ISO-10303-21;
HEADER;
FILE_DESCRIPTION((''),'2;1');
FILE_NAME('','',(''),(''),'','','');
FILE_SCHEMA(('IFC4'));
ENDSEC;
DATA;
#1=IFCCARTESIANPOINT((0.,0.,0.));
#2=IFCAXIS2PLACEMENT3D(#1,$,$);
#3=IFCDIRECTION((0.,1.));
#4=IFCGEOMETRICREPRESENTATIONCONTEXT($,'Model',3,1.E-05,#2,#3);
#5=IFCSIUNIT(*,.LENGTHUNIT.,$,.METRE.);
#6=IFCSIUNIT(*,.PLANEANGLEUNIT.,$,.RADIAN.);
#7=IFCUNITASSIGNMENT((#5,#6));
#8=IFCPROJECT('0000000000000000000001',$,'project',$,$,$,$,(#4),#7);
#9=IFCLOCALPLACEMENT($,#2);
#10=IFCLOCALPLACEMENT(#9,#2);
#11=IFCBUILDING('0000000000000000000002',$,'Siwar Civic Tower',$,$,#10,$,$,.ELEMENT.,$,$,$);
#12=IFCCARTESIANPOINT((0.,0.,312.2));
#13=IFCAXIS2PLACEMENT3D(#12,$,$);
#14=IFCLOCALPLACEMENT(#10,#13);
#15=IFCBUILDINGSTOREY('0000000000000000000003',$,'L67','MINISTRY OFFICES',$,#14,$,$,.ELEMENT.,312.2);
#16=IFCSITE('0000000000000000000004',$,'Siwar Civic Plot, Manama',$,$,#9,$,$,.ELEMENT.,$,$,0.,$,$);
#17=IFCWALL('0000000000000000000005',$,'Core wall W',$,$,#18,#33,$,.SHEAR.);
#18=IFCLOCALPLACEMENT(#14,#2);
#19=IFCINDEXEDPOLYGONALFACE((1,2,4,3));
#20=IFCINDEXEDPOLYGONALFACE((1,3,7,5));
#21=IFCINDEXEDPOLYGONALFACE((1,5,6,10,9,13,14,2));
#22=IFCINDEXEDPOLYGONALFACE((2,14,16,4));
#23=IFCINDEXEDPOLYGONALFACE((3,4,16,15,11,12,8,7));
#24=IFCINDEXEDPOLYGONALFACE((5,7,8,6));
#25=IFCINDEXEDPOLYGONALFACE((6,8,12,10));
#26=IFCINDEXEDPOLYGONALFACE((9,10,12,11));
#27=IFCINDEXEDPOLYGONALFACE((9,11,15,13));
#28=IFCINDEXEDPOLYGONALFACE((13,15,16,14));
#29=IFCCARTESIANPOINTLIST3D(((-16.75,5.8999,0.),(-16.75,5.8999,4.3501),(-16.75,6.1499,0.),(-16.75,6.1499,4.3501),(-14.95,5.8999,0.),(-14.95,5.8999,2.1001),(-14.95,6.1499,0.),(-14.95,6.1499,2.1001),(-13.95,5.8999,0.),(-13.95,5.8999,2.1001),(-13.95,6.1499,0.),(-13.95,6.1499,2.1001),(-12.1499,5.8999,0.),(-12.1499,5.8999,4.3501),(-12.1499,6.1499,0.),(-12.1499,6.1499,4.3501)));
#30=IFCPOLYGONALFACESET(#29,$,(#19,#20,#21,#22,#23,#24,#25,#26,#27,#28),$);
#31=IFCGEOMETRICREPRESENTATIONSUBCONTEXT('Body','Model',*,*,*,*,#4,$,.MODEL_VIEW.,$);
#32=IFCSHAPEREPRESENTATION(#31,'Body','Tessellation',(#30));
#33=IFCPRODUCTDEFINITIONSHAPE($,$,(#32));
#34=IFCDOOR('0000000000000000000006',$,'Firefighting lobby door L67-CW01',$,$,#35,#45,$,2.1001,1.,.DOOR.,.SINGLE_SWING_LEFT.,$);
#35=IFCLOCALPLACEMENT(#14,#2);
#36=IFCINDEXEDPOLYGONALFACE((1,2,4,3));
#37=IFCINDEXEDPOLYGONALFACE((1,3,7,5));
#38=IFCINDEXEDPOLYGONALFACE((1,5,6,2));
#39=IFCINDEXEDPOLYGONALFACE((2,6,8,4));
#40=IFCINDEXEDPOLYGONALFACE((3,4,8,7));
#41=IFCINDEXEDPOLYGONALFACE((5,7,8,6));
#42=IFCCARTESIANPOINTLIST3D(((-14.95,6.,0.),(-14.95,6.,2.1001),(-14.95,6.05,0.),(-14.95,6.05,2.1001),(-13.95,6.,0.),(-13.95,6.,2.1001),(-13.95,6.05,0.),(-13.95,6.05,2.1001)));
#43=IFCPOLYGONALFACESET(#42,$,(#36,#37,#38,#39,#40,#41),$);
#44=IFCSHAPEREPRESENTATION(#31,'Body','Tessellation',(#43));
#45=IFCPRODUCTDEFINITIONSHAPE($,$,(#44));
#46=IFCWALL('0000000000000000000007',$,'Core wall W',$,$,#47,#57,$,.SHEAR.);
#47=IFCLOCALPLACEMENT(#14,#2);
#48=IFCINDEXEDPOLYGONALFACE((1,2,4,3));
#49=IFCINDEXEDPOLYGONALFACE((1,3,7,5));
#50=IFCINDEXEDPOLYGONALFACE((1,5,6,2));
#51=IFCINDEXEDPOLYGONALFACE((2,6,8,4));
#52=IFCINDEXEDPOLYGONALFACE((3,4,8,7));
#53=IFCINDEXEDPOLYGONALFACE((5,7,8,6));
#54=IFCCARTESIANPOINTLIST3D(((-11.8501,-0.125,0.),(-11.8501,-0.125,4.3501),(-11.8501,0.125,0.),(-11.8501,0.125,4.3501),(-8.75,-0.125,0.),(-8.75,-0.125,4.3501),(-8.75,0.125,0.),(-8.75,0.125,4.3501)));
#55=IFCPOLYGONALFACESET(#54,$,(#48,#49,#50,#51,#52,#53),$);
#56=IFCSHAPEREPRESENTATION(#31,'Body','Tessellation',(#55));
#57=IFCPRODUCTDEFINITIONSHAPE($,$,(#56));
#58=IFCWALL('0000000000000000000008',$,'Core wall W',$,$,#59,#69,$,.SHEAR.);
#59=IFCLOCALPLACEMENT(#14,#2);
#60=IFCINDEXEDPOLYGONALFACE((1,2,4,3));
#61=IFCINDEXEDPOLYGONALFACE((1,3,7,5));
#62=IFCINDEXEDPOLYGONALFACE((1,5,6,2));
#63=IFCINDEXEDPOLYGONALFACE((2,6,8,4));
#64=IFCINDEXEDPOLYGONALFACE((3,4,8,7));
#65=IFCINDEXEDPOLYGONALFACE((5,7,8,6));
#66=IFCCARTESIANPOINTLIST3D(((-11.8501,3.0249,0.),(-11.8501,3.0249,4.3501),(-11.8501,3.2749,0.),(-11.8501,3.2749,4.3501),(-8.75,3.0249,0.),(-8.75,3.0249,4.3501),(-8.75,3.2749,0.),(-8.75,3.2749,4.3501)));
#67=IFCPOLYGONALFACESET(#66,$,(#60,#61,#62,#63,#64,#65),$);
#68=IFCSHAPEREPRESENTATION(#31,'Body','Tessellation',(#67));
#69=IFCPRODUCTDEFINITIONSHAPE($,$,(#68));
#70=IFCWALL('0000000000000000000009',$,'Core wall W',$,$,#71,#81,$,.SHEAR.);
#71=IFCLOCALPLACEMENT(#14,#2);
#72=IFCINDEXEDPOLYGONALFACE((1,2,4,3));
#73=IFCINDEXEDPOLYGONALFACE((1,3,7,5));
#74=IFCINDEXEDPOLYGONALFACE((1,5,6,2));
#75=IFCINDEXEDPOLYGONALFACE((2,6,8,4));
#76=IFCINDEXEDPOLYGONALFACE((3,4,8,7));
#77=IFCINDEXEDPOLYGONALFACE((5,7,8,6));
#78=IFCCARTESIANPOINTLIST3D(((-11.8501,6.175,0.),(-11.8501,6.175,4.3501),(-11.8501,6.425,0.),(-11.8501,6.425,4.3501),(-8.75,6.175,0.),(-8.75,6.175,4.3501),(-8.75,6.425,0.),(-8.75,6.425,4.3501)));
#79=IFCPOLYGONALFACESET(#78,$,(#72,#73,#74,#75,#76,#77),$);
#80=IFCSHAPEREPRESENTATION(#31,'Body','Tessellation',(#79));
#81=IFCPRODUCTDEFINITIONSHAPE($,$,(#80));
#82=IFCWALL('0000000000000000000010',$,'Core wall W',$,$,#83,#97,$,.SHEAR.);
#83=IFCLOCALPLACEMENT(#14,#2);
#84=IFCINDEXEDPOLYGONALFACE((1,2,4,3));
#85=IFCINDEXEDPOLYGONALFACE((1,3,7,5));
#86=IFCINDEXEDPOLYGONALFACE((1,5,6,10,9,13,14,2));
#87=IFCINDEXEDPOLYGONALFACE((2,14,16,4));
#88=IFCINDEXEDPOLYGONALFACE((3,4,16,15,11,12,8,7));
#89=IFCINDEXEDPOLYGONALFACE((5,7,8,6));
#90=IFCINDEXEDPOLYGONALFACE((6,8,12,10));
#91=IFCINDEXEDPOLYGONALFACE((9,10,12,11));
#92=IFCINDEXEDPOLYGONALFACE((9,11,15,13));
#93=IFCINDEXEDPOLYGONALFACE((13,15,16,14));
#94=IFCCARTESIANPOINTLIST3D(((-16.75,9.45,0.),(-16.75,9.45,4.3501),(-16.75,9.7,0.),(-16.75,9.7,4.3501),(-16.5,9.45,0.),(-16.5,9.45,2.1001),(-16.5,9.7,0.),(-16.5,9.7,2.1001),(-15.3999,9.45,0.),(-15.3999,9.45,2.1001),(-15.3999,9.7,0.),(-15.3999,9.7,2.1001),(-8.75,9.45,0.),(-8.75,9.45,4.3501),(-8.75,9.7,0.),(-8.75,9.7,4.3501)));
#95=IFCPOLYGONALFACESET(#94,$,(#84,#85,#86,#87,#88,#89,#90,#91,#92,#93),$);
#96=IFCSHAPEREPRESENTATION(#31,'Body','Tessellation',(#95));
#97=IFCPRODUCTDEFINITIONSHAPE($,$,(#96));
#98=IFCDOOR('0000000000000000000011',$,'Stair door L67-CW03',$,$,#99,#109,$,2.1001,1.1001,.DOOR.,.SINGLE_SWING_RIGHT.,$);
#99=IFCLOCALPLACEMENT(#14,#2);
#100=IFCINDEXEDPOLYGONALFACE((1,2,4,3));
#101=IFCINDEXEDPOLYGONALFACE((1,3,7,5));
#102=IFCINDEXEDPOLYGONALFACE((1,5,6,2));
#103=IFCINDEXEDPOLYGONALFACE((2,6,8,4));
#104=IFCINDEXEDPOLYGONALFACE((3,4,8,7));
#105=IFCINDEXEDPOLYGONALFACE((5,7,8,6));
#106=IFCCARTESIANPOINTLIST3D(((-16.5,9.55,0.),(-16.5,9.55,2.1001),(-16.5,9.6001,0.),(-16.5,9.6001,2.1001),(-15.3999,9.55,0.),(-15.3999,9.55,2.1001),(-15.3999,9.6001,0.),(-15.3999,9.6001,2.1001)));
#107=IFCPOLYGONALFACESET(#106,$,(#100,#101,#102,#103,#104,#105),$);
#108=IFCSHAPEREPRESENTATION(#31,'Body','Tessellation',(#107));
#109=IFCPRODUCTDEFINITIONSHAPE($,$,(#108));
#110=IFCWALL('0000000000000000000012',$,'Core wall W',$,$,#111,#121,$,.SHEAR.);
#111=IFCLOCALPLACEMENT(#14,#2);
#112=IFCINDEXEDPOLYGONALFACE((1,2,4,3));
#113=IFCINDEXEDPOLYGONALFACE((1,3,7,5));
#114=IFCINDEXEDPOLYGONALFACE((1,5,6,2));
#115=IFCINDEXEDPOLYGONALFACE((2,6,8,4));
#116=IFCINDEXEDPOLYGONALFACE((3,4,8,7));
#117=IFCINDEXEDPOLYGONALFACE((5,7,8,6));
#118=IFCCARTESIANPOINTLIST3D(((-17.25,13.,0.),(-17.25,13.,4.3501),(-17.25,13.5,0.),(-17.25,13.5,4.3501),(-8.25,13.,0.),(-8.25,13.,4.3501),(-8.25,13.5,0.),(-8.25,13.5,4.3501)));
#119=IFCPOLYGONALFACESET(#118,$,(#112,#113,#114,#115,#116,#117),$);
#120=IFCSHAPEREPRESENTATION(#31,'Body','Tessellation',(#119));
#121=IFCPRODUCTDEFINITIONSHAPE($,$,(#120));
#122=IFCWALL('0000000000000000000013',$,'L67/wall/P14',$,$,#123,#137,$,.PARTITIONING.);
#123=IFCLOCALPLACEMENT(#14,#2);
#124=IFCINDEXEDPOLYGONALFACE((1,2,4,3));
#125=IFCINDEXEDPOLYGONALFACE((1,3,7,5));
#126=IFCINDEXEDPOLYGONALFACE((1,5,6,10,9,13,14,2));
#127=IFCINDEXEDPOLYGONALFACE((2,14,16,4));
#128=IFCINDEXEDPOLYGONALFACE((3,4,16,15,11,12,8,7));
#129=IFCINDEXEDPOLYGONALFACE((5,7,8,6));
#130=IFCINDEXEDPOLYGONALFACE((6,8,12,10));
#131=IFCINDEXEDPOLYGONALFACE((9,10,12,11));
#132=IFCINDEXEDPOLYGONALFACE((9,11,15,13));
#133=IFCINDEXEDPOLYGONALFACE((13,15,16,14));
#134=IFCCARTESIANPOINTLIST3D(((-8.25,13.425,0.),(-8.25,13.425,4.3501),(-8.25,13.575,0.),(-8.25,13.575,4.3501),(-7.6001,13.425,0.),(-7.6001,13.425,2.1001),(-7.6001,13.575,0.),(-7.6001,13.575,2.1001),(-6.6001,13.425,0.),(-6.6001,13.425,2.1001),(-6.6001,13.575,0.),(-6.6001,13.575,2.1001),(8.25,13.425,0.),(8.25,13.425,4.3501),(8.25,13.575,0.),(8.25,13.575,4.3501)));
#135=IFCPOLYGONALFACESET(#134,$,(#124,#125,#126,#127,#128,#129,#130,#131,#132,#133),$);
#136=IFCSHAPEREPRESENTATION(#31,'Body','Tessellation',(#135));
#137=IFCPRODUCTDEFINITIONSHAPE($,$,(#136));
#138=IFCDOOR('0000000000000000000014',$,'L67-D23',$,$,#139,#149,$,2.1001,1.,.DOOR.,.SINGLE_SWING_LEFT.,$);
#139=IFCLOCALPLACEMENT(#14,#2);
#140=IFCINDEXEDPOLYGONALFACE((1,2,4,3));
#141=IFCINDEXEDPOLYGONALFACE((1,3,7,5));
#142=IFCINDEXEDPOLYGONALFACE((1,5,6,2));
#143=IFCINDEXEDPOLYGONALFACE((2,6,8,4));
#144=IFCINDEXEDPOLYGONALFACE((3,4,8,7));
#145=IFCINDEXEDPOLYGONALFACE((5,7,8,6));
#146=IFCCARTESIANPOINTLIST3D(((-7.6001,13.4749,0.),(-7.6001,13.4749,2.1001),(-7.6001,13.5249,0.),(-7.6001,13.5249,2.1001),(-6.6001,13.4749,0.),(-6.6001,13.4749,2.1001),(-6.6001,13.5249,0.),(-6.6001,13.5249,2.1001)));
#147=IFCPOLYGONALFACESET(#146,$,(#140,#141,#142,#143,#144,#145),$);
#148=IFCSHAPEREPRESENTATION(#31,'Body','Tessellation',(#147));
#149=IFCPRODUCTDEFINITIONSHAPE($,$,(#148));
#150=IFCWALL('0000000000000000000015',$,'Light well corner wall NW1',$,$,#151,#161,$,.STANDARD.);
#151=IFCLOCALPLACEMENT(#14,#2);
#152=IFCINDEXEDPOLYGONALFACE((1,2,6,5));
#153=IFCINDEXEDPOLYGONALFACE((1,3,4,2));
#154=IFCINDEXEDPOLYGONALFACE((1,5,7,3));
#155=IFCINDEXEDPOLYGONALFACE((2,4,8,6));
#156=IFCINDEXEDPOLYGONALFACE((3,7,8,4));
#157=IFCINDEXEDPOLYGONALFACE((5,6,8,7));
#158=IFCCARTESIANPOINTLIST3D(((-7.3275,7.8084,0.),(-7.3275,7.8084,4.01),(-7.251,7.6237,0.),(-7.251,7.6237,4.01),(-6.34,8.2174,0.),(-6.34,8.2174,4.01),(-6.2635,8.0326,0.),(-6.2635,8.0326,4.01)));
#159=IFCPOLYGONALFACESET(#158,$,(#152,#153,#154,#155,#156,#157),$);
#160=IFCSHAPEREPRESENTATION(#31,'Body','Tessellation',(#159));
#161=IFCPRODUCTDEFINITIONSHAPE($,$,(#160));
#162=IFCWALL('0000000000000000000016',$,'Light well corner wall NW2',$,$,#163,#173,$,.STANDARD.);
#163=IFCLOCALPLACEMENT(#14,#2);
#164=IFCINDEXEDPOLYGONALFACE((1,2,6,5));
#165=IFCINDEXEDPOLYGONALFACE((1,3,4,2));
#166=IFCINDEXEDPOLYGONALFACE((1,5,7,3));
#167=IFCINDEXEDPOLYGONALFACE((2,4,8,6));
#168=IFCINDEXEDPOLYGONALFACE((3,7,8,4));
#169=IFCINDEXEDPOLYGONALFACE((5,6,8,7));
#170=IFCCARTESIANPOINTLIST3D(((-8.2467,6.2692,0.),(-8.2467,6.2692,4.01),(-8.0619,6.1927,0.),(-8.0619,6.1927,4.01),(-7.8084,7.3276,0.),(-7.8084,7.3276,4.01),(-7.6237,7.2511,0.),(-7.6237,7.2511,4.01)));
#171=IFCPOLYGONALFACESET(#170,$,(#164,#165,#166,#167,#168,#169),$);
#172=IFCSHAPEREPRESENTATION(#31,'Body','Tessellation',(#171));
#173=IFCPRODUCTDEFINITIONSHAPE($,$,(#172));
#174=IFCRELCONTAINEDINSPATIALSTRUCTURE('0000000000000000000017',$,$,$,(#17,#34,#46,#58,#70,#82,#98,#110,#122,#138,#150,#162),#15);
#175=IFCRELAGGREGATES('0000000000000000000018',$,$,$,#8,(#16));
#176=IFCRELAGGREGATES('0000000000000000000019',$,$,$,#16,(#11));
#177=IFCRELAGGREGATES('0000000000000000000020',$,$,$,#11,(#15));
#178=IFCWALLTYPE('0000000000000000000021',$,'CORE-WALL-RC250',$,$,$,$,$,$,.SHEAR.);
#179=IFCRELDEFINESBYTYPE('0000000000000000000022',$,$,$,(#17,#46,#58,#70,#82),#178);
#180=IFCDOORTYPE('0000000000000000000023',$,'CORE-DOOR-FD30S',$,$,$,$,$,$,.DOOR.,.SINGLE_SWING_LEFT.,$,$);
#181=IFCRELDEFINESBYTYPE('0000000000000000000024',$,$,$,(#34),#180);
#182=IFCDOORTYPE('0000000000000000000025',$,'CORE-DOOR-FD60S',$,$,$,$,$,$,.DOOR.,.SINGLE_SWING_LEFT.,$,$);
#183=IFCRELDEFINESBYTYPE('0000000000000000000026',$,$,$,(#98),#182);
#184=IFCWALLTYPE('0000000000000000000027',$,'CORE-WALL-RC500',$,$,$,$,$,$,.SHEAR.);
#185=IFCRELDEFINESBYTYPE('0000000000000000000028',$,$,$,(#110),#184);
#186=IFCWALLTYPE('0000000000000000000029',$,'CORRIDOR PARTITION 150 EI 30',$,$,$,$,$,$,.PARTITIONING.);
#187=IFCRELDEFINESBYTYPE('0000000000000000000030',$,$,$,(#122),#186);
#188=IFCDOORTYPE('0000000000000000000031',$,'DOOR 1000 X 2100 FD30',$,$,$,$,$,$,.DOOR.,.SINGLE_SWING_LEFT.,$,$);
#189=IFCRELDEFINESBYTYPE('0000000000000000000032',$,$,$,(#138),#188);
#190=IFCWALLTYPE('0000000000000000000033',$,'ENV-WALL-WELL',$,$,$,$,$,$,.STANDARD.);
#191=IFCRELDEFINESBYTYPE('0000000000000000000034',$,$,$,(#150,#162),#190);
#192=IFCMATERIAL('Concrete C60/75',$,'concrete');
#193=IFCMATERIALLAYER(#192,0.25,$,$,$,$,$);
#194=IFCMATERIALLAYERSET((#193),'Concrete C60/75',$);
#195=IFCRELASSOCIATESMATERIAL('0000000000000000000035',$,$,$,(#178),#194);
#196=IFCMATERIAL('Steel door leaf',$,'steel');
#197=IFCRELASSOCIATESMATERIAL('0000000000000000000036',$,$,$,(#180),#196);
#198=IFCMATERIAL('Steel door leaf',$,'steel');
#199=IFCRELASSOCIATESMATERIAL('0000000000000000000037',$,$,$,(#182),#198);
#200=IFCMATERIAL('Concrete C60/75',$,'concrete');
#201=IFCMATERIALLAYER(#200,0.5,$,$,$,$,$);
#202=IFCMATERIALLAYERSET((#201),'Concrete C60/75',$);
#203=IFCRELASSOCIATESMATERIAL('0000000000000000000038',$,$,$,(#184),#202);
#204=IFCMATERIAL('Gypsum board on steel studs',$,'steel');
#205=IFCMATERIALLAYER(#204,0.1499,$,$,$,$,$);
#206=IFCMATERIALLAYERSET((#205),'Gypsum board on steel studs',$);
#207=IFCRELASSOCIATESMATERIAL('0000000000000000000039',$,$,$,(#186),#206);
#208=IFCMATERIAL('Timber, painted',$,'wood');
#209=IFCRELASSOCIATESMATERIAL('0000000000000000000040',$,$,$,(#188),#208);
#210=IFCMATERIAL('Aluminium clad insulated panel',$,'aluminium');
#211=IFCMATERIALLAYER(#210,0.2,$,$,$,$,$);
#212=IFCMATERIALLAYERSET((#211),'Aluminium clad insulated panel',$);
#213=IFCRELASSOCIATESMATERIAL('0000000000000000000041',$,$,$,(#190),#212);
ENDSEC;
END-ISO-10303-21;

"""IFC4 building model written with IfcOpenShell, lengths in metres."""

from ifc_helpers import new_model, si_unit, direction, frame, frame_2d, origin, place, context, subcontext, project, spatial, rectangle, extrude, material, layer, layer_set, type_object, element, fill, save


model = new_model("IFC4")

# Units and contexts
model_context = context("Model", 3, precision=1e-05, world=origin(), true_north=direction((0.0, 1.0)))
body_context = subcontext(model_context, "Body", "Model", "MODEL_VIEW")
ifc_project = project(units=[si_unit("LENGTHUNIT", "METRE"), si_unit("PLANEANGLEUNIT", "RADIAN")], contexts=[model_context])

# Site, building, storey
site_placement = place(None, origin())
site = spatial("IfcSite", under=ifc_project, at=site_placement, Name="Siwar Civic Plot, Manama", CompositionType="ELEMENT", RefElevation=0.0)
building_placement = place(site_placement, origin())
building = spatial("IfcBuilding", under=site, at=building_placement, Name="Siwar Civic Tower", CompositionType="ELEMENT")
storey_placement = place(building_placement, frame((0.0, 0.0, 312.2)))
storey = spatial("IfcBuildingStorey", under=building, at=storey_placement, Name="L67", Description="MINISTRY OFFICES", CompositionType="ELEMENT", Elevation=312.2)

# Wall, opening, door
ifc_material_1 = material(Name="Concrete C60/75", Category="concrete")
ifc_layer_1 = layer(ifc_material_1, 0.25)
ifc_layer_set_1 = layer_set([ifc_layer_1], Name="Concrete C60/75")
wall_type_1 = type_object("IfcWallType", Name="CORE-WALL-RC250", PredefinedType="SHEAR", material=ifc_layer_set_1)
wall_1_placement = place(storey_placement, frame((-12.1499, 6.0249, 0.0), z_axis=(0.0, 0.0, 1.0), x_axis=(-1.0, 0.0, 0.0)))
wall_1 = element("IfcWall", 1, at=wall_1_placement, inside=storey, type_object=wall_type_1, Name="Core wall W", PredefinedType="SHEAR", context=body_context, shape_type="SweptSolid", body=[
    extrude(rectangle(XDim=4.6001, YDim=0.25, at=frame_2d((2.3, 0.0))), origin(), (0.0, 0.0, 1.0), 4.3501),
])
opening_1_placement = place(wall_1_placement, frame((1.8, 0.0, 0.0)))
opening_1 = element("IfcOpeningElement", 2, at=opening_1_placement, cuts=wall_1, PredefinedType="OPENING", context=body_context, shape_type="SweptSolid", body=[
    extrude(rectangle(XDim=1.0, YDim=2.1001, at=frame_2d((0.5, 1.05))), frame((0.0, 0.135, 0.0), z_axis=(0.0, -1.0, 0.0), x_axis=(1.0, 0.0, 0.0)), (0.0, 0.0, 1.0), 0.27),
])
ifc_material_2 = material(Name="Steel door leaf", Category="steel")
door_type_1 = type_object("IfcDoorType", Name="CORE-DOOR-FD30S", OperationType="SINGLE_SWING_LEFT", PredefinedType="DOOR", material=ifc_material_2)
door_1_placement = place(opening_1_placement, origin())
door_1 = element("IfcDoor", 3, at=door_1_placement, inside=storey, type_object=door_type_1, Name="Firefighting lobby door L67-CW01", OperationType="SINGLE_SWING_LEFT", OverallHeight=2.1001, OverallWidth=1.0, PredefinedType="DOOR", context=body_context, shape_type="SweptSolid", body=[
    extrude(rectangle(XDim=1.0, YDim=2.1001, at=frame_2d((0.5, 1.05))), frame((0.0, 0.0249, 0.0), z_axis=(0.0, -1.0, 0.0), x_axis=(1.0, 0.0, 0.0)), (0.0, 0.0, 1.0), 0.05),
])
fill(opening_1, door_1)

# Walls
for number, where, z_axis, x_axis, name in (
    (4, (-8.75, 0.0, 0.0), (0.0, 0.0, 1.0), (-1.0, 0.0, 0.0), "Core wall W"),
    (5, (-8.75, 3.1499, 0.0), (0.0, 0.0, 1.0), (-1.0, 0.0, 0.0), "Core wall W"),
    (6, (-8.75, 6.3, 0.0), (0.0, 0.0, 1.0), (-1.0, 0.0, 0.0), "Core wall W"),
):
    element("IfcWall", number, at=place(storey_placement, frame(where, z_axis=z_axis, x_axis=x_axis)), inside=storey, type_object=wall_type_1, Name=name, PredefinedType="SHEAR", context=body_context, shape_type="SweptSolid", body=[
        extrude(rectangle(XDim=3.1001, YDim=0.25, at=frame_2d((1.55, 0.0))), origin(), (0.0, 0.0, 1.0), 4.3501),
    ])

# Wall, opening, door
wall_2_placement = place(storey_placement, frame((-8.75, 9.575, 0.0), z_axis=(0.0, 0.0, 1.0), x_axis=(-1.0, 0.0, 0.0)))
wall_2 = element("IfcWall", 7, at=wall_2_placement, inside=storey, type_object=wall_type_1, Name="Core wall W", PredefinedType="SHEAR", context=body_context, shape_type="SweptSolid", body=[
    extrude(rectangle(XDim=8.0, YDim=0.25, at=frame_2d((4.0, 0.0))), origin(), (0.0, 0.0, 1.0), 4.3501),
])
opening_2_placement = place(wall_2_placement, frame((6.6499, 0.0, 0.0)))
opening_2 = element("IfcOpeningElement", 8, at=opening_2_placement, cuts=wall_2, PredefinedType="OPENING", context=body_context, shape_type="SweptSolid", body=[
    extrude(rectangle(XDim=1.1001, YDim=2.1001, at=frame_2d((0.55, 1.05))), frame((0.0, 0.135, 0.0), z_axis=(0.0, -1.0, 0.0), x_axis=(1.0, 0.0, 0.0)), (0.0, 0.0, 1.0), 0.27),
])
ifc_material_3 = material(Name="Steel door leaf", Category="steel")
door_type_2 = type_object("IfcDoorType", Name="CORE-DOOR-FD60S", OperationType="SINGLE_SWING_LEFT", PredefinedType="DOOR", material=ifc_material_3)
door_2_placement = place(opening_2_placement, origin())
door_2 = element("IfcDoor", 9, at=door_2_placement, inside=storey, type_object=door_type_2, Name="Stair door L67-CW03", OperationType="SINGLE_SWING_RIGHT", OverallHeight=2.1001, OverallWidth=1.1001, PredefinedType="DOOR", context=body_context, shape_type="SweptSolid", body=[
    extrude(rectangle(XDim=1.1001, YDim=2.1001, at=frame_2d((0.55, 1.05))), frame((0.0, 0.0249, 0.0), z_axis=(0.0, -1.0, 0.0), x_axis=(1.0, 0.0, 0.0)), (0.0, 0.0, 1.0), 0.05),
])
fill(opening_2, door_2)

# Wall
ifc_material_4 = material(Name="Concrete C60/75", Category="concrete")
ifc_layer_2 = layer(ifc_material_4, 0.5)
ifc_layer_set_2 = layer_set([ifc_layer_2], Name="Concrete C60/75")
wall_type_2 = type_object("IfcWallType", Name="CORE-WALL-RC500", PredefinedType="SHEAR", material=ifc_layer_set_2)
wall_3_placement = place(storey_placement, frame((-8.25, 13.25, 0.0), z_axis=(0.0, 0.0, 1.0), x_axis=(-1.0, 0.0, 0.0)))
element("IfcWall", 10, at=wall_3_placement, inside=storey, type_object=wall_type_2, Name="Core wall W", PredefinedType="SHEAR", context=body_context, shape_type="SweptSolid", body=[
    extrude(rectangle(XDim=9.0, YDim=0.5, at=frame_2d((4.5, 0.0))), origin(), (0.0, 0.0, 1.0), 4.3501),
])

# Wall, opening, door
ifc_material_5 = material(Name="Gypsum board on steel studs", Category="steel")
ifc_layer_3 = layer(ifc_material_5, 0.1499)
ifc_layer_set_3 = layer_set([ifc_layer_3], Name="Gypsum board on steel studs")
wall_type_3 = type_object("IfcWallType", Name="CORRIDOR PARTITION 150 EI 30", PredefinedType="PARTITIONING", material=ifc_layer_set_3)
wall_4_placement = place(storey_placement, frame((-8.25, 13.5, 0.0), z_axis=(0.0, 0.0, 1.0), x_axis=(1.0, 0.0, 0.0)))
wall_4 = element("IfcWall", 11, at=wall_4_placement, inside=storey, type_object=wall_type_3, Name="L67/wall/P14", PredefinedType="PARTITIONING", context=body_context, shape_type="SweptSolid", body=[
    extrude(rectangle(XDim=16.5, YDim=0.1499, at=frame_2d((8.25, 0.0))), origin(), (0.0, 0.0, 1.0), 4.3501),
])
opening_3_placement = place(wall_4_placement, frame((0.6499, 0.0, 0.0)))
opening_3 = element("IfcOpeningElement", 12, at=opening_3_placement, cuts=wall_4, PredefinedType="OPENING", context=body_context, shape_type="SweptSolid", body=[
    extrude(rectangle(XDim=1.0, YDim=2.1001, at=frame_2d((0.5, 1.05))), frame((0.0, 0.085, 0.0), z_axis=(0.0, -1.0, 0.0), x_axis=(1.0, 0.0, 0.0)), (0.0, 0.0, 1.0), 0.1699),
])
ifc_material_6 = material(Name="Timber, painted", Category="wood")
door_type_3 = type_object("IfcDoorType", Name="DOOR 1000 X 2100 FD30", OperationType="SINGLE_SWING_LEFT", PredefinedType="DOOR", material=ifc_material_6)
door_3_placement = place(opening_3_placement, origin())
door_3 = element("IfcDoor", 13, at=door_3_placement, inside=storey, type_object=door_type_3, Name="L67-D23", OperationType="SINGLE_SWING_LEFT", OverallHeight=2.1001, OverallWidth=1.0, PredefinedType="DOOR", context=body_context, shape_type="SweptSolid", body=[
    extrude(rectangle(XDim=1.0, YDim=2.1001, at=frame_2d((0.5, 1.05))), frame((0.0, 0.0249, 0.0), z_axis=(0.0, -1.0, 0.0), x_axis=(1.0, 0.0, 0.0)), (0.0, 0.0, 1.0), 0.05),
])
fill(opening_3, door_3)

# Walls
ifc_material_7 = material(Name="Aluminium clad insulated panel", Category="aluminium")
ifc_layer_4 = layer(ifc_material_7, 0.2)
ifc_layer_set_4 = layer_set([ifc_layer_4], Name="Aluminium clad insulated panel")
wall_type_4 = type_object("IfcWallType", Name="ENV-WALL-WELL", PredefinedType="STANDARD", material=ifc_layer_set_4)
wall_5_placement = place(storey_placement, frame((-6.3018, 8.125, 0.0), z_axis=(0.0, 0.0, 1.0), x_axis=(-0.923919, -0.382587, 0.0)))
element("IfcWall", 14, at=wall_5_placement, inside=storey, type_object=wall_type_4, Name="Light well corner wall NW1", PredefinedType="STANDARD", context=body_context, shape_type="SweptSolid", body=[
    extrude(rectangle(XDim=1.0688, YDim=0.2, at=frame_2d((0.5344, 0.0))), origin(), (0.0, 0.0, 1.0), 4.01),
])
wall_6_placement = place(storey_placement, frame((-7.7161, 7.2893, 0.0), z_axis=(0.0, 0.0, 1.0), x_axis=(-0.382571, -0.923926, 0.0)))
element("IfcWall", 15, at=wall_6_placement, inside=storey, type_object=wall_type_4, Name="Light well corner wall NW2", PredefinedType="STANDARD", context=body_context, shape_type="SweptSolid", body=[
    extrude(rectangle(XDim=1.1455, YDim=0.2, at=frame_2d((0.5728, 0.0))), origin(), (0.0, 0.0, 1.0), 4.01),
])

save(model, "model.ifc")
